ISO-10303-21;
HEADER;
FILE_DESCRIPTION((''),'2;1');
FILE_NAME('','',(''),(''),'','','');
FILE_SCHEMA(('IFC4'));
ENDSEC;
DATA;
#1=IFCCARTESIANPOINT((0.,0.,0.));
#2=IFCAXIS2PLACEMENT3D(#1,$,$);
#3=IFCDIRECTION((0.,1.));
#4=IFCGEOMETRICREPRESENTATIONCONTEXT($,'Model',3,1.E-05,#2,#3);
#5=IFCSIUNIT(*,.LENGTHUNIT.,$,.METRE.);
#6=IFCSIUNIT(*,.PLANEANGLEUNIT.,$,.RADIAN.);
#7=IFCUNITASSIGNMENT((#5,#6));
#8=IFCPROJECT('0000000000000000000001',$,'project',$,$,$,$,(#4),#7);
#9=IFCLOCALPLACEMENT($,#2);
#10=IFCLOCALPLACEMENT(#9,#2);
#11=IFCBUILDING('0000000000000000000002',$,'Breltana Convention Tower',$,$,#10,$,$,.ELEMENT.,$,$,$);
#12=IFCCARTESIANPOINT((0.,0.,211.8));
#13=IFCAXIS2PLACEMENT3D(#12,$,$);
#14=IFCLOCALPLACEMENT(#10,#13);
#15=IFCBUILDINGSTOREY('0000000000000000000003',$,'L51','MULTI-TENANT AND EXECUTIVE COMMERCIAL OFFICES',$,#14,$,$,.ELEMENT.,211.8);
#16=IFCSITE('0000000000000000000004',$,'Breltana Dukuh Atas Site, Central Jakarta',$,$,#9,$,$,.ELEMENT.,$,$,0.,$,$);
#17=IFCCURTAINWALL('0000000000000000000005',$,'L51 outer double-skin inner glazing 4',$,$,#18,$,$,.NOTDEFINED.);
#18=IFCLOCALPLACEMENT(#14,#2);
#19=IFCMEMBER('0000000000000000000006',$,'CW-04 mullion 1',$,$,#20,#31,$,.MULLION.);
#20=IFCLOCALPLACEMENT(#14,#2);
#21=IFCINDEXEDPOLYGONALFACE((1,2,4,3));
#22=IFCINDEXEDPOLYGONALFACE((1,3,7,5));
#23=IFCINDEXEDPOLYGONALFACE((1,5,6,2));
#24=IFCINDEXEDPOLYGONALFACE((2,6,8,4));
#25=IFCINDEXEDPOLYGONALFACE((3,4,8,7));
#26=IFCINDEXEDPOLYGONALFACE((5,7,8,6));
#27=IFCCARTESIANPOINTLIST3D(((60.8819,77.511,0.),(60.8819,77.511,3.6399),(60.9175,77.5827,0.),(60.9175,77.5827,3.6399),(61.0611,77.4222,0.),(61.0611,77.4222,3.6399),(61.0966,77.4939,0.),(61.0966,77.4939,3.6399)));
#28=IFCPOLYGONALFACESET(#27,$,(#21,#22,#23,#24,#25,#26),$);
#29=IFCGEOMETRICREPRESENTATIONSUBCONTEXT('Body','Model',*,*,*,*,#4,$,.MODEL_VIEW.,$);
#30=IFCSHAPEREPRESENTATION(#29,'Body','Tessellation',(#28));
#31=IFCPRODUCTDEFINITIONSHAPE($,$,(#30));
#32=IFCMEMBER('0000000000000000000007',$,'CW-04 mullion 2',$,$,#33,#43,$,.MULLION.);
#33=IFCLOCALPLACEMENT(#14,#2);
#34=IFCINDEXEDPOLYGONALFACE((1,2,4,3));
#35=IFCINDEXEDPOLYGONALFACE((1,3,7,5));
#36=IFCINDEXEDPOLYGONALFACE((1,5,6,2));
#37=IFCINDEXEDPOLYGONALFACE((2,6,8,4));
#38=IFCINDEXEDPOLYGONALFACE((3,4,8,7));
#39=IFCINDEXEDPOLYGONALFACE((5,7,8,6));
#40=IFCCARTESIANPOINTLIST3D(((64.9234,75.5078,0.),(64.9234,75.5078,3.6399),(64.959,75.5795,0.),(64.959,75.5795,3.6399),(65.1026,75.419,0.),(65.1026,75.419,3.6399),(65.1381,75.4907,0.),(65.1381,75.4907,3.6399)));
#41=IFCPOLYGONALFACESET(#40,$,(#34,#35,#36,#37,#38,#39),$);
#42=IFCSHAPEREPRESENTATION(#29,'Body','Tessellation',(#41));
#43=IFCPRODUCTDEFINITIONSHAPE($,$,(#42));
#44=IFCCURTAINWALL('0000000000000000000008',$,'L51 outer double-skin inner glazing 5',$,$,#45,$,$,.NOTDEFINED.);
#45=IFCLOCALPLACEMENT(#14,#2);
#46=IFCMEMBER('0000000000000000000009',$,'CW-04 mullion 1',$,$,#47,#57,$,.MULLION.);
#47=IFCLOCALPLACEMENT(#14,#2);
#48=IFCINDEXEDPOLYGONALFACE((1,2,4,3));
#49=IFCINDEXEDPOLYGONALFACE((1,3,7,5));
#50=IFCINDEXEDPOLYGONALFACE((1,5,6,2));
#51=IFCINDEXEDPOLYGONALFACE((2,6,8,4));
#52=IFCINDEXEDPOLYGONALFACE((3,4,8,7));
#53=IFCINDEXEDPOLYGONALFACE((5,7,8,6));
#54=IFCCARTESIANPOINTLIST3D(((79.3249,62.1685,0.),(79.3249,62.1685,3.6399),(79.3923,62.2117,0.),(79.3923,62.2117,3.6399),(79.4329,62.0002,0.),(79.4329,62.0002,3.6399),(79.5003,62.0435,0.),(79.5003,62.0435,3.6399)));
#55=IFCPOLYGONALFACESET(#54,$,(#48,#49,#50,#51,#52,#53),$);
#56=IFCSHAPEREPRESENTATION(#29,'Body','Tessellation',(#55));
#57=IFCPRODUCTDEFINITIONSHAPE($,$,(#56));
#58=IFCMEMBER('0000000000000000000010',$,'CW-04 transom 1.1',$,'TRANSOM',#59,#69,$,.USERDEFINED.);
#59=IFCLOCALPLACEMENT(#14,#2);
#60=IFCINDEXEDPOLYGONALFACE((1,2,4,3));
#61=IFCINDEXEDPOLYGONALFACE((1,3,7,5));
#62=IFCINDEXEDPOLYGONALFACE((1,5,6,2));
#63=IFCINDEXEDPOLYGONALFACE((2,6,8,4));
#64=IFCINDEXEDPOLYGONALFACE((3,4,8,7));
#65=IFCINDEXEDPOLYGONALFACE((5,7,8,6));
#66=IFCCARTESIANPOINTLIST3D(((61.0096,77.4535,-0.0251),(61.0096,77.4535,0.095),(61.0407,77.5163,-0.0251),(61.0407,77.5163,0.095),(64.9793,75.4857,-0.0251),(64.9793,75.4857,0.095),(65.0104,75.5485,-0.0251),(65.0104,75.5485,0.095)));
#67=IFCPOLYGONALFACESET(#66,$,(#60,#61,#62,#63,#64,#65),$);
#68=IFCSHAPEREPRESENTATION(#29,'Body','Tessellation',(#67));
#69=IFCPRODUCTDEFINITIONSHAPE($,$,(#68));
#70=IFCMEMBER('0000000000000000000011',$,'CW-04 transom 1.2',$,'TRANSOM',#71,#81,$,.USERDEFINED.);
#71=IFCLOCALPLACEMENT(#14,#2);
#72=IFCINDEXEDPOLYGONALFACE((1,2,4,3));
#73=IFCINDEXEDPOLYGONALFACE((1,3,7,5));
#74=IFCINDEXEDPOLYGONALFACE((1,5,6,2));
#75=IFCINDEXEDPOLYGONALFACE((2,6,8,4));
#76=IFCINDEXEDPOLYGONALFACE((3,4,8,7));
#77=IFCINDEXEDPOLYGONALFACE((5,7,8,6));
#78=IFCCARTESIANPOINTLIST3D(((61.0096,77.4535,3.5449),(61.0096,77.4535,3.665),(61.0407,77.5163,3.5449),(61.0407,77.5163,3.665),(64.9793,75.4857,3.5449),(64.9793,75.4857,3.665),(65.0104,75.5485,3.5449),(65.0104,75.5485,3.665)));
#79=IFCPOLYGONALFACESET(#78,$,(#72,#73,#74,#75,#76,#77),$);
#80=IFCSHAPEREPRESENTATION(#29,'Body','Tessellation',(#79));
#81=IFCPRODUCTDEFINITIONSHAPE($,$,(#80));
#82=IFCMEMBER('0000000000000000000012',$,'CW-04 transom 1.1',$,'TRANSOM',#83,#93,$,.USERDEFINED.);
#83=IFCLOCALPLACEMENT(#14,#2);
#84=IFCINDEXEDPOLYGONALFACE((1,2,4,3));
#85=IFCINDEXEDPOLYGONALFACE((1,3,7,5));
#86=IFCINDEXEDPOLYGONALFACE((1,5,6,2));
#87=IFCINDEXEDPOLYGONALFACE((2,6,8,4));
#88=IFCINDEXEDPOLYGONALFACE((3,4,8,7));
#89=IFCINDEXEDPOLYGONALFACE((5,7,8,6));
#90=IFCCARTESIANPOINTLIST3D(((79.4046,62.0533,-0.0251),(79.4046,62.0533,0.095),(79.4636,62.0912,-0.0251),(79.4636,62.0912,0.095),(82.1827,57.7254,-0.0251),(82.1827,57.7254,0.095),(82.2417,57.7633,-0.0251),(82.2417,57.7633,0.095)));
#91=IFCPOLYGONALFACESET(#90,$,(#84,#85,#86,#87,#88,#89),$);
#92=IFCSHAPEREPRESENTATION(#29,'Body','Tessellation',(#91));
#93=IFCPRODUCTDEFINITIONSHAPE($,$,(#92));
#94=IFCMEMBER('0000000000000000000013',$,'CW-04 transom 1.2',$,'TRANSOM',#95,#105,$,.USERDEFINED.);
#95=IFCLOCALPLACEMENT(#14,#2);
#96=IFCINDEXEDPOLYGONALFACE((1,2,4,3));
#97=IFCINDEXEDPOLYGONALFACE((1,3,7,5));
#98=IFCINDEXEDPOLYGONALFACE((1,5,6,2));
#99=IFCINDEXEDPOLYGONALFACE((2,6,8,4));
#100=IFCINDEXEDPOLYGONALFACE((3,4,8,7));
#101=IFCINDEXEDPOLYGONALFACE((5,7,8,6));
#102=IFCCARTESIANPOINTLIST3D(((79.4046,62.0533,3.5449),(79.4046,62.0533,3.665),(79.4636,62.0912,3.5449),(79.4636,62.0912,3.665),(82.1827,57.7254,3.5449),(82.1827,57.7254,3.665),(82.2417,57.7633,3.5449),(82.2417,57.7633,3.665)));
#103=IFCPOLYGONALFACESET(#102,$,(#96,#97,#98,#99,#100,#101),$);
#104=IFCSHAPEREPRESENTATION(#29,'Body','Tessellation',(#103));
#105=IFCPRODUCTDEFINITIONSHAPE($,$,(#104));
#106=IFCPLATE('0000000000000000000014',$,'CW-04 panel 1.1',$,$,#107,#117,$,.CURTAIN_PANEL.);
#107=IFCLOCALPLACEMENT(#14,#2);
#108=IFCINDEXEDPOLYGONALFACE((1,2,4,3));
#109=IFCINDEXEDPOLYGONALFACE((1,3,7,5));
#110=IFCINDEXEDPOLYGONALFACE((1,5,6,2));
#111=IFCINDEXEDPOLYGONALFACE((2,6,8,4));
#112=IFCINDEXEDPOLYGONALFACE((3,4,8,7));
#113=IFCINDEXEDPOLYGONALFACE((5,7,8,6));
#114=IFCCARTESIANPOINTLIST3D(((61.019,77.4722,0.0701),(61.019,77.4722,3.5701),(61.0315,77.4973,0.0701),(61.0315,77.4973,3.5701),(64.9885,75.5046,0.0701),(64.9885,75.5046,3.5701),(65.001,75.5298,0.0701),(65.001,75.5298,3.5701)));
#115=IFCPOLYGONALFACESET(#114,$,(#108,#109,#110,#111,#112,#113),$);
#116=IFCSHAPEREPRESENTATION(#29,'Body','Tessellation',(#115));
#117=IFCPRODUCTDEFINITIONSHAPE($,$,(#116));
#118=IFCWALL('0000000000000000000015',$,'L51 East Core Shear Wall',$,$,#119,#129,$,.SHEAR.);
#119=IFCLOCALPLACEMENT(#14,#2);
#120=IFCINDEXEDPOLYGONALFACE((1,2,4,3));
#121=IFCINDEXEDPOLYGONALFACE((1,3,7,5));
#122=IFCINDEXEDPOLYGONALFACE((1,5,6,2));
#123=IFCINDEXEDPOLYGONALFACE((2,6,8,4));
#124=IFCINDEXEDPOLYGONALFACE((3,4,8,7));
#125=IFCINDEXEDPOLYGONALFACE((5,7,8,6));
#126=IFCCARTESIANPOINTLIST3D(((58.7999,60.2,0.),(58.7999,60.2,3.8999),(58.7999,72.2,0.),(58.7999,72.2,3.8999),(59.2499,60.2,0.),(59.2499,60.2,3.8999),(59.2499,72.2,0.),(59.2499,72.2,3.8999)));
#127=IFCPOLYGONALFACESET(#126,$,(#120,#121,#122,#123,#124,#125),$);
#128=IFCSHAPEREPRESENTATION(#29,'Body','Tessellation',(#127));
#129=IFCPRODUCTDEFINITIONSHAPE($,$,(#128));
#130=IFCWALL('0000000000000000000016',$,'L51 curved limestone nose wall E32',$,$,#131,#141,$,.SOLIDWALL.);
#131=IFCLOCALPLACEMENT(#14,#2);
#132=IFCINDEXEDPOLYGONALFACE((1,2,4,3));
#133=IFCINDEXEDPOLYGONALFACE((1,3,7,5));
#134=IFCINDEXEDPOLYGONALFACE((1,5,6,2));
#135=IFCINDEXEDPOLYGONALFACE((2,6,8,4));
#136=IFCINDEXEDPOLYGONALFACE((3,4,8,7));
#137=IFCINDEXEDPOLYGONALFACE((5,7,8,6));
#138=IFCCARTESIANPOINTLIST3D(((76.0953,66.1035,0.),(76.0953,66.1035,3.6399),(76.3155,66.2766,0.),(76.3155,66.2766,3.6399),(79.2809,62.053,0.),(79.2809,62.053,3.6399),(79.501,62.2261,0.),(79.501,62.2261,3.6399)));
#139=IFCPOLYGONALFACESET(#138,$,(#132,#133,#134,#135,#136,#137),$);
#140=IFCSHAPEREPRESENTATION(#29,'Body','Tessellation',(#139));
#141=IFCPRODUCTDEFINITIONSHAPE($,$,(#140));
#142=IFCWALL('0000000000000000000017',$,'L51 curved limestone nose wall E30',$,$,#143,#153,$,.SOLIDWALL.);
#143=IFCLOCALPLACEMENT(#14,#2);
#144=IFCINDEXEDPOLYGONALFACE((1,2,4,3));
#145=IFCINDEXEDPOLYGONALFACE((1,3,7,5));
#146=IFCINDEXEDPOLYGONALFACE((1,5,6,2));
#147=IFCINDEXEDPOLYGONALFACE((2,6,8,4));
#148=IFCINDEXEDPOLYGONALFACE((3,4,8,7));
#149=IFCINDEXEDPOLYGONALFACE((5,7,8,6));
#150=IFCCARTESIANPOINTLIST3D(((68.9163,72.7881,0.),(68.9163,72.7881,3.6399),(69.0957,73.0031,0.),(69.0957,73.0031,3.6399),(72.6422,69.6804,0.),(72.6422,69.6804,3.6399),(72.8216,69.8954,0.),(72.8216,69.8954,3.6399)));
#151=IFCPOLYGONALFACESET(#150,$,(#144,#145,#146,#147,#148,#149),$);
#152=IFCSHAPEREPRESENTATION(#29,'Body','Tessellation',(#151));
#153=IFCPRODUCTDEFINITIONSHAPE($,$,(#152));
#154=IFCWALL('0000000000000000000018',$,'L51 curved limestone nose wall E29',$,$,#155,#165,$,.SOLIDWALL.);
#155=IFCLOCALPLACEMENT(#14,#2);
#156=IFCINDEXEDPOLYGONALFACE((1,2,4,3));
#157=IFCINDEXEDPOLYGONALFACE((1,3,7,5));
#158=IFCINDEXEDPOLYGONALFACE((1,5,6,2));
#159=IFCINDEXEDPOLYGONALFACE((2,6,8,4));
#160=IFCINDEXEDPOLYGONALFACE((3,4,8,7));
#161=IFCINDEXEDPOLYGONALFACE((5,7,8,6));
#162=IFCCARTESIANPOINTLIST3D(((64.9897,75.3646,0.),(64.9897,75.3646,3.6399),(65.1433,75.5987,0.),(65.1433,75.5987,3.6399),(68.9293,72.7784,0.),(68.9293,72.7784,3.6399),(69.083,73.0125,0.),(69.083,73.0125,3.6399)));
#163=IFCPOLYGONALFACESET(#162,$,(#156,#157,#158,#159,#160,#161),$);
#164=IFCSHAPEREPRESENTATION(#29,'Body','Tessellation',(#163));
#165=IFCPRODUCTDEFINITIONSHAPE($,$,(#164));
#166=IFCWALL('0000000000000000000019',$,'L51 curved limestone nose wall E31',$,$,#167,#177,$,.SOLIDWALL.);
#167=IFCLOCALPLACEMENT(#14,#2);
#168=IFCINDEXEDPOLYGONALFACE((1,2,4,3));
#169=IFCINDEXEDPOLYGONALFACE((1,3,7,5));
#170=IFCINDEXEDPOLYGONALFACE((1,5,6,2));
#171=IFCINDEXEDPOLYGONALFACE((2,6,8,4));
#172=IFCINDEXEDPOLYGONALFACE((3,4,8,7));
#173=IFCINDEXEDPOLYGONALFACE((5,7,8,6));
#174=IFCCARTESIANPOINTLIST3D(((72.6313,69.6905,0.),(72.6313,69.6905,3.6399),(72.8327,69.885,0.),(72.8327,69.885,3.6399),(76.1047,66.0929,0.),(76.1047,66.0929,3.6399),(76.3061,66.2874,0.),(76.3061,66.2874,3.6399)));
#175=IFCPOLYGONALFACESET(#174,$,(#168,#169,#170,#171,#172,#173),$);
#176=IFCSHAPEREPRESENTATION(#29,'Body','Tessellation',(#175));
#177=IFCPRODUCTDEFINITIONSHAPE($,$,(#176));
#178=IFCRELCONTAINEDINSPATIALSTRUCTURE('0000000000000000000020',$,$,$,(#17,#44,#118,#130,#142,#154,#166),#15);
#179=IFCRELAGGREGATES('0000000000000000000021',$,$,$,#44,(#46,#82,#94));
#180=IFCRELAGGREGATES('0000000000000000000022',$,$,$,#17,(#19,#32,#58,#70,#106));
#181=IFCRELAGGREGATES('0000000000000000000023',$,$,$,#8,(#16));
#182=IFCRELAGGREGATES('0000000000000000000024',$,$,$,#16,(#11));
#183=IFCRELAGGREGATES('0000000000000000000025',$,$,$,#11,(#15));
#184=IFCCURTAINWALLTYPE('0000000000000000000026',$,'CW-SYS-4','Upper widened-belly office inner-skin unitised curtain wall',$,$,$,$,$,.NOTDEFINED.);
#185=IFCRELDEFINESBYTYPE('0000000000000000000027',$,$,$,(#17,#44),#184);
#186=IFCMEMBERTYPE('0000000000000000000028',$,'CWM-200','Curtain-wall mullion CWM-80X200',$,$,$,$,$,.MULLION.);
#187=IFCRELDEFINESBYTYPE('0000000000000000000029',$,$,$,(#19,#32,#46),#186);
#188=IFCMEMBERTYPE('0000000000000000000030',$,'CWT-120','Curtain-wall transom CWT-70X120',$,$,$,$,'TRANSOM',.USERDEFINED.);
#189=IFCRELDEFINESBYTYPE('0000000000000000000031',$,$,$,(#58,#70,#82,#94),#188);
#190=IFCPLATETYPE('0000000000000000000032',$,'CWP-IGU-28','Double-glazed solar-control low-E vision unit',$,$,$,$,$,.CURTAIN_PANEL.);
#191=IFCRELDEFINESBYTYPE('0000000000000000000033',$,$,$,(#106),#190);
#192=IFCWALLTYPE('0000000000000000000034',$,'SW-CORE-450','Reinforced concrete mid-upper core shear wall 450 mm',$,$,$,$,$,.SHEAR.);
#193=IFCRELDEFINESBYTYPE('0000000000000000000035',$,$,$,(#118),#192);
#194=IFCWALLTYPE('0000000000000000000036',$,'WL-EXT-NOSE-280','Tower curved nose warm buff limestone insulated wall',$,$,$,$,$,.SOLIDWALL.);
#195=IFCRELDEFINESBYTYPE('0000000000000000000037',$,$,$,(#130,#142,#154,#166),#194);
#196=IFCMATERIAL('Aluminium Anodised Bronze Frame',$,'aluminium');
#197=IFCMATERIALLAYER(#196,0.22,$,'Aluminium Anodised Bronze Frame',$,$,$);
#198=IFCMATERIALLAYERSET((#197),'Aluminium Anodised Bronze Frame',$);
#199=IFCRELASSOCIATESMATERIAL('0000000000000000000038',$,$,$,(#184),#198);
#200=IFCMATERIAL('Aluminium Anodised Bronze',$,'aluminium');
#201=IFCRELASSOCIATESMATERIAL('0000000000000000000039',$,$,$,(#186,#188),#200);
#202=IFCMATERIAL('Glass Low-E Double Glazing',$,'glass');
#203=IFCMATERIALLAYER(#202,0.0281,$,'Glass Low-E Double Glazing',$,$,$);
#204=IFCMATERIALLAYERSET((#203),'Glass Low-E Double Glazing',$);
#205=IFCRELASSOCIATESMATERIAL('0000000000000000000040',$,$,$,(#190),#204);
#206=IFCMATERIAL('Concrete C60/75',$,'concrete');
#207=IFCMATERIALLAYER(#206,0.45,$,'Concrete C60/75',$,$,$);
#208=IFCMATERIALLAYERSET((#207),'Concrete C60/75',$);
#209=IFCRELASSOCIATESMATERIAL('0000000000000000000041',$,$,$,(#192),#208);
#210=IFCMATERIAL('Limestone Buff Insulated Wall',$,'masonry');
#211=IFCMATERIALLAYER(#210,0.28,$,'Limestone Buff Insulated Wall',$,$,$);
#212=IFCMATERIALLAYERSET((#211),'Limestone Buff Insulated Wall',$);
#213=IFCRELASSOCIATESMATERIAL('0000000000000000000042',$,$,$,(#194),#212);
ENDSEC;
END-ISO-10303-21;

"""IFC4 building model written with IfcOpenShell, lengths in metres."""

from ifc_helpers import new_model, si_unit, direction, frame, frame_2d, origin, origin_2d, place, context, subcontext, project, spatial, rectangle, extrude, source, transform, mapped, material, layer, layer_set, material_profile, profile_set, type_object, element, aggregate, save


model = new_model("IFC4")

# Units and contexts
model_context = context("Model", 3, precision=1e-05, world=origin(), true_north=direction((0.0, 1.0)))
body_context = subcontext(model_context, "Body", "Model", "MODEL_VIEW")
ifc_project = project(units=[si_unit("LENGTHUNIT", "METRE"), si_unit("PLANEANGLEUNIT", "RADIAN")], contexts=[model_context])

# Site, building, storey
site_placement = place(None, origin())
site = spatial("IfcSite", under=ifc_project, at=site_placement, Name="Breltana Dukuh Atas Site, Central Jakarta", CompositionType="ELEMENT", RefElevation=0.0)
building_placement = place(site_placement, origin())
building = spatial("IfcBuilding", under=site, at=building_placement, Name="Breltana Convention Tower", CompositionType="ELEMENT")
storey_placement = place(building_placement, frame((0.0, 0.0, 211.8)))
storey = spatial("IfcBuildingStorey", under=building, at=storey_placement, Name="L51", Description="MULTI-TENANT AND EXECUTIVE COMMERCIAL OFFICES", CompositionType="ELEMENT", Elevation=211.8)

# Curtain wall, members
ifc_material_1 = material(Name="Aluminium Anodised Bronze Frame", Category="aluminium")
ifc_layer_1 = layer(ifc_material_1, 0.22, Name="Aluminium Anodised Bronze Frame")
ifc_layer_set_1 = layer_set([ifc_layer_1], Name="Aluminium Anodised Bronze Frame")
curtain_wall_type = type_object("IfcCurtainWallType", Name="CW-SYS-4", Description="Upper widened-belly office inner-skin unitised curtain wall", PredefinedType="NOTDEFINED", material=ifc_layer_set_1)
curtain_wall_1_placement = place(storey_placement, origin())
curtain_wall_1 = element("IfcCurtainWall", 1, at=curtain_wall_1_placement, inside=storey, type_object=curtain_wall_type, Name="L51 outer double-skin inner glazing 4", PredefinedType="NOTDEFINED")
ifc_material_2 = material(Name="Aluminium Anodised Bronze", Category="aluminium")
ifc_material_profile_1 = material_profile(ifc_material_2, rectangle(XDim=0.0801, YDim=0.2, at=origin_2d()), Name="CWM-80X200")
ifc_profile_set_1 = profile_set([ifc_material_profile_1], Name="Aluminium Anodised Bronze")
member_type_1 = type_object("IfcMemberType", Name="CWM-200", Description="Curtain-wall mullion CWM-80X200", PredefinedType="MULLION", material=ifc_profile_set_1)
shared_shape_1 = source(origin(), body_context, "Body", "SweptSolid", [
    extrude(rectangle(XDim=0.0801, YDim=0.2, at=origin_2d()), origin(), (0.0, 0.0, 1.0), 3.6399),
])
member_1_placement = place(storey_placement, frame((60.9893, 77.5024, 0.0), z_axis=(0.0, 0.0, 1.0), x_axis=(0.444109, 0.895973, 0.0)))
member_1 = element("IfcMember", 2, at=member_1_placement, type_object=member_type_1, Name="CW-04 mullion 1", PredefinedType="MULLION", context=body_context, shape_type="MappedRepresentation", body=[
    mapped(shared_shape_1, transform((0.0, 0.0, 0.0), scale=1.0)),
])
member_2_placement = place(storey_placement, frame((65.0308, 75.4993, 0.0), z_axis=(0.0, 0.0, 1.0), x_axis=(0.444109, 0.895973, 0.0)))
member_2 = element("IfcMember", 3, at=member_2_placement, type_object=member_type_1, Name="CW-04 mullion 2", PredefinedType="MULLION", context=body_context, shape_type="MappedRepresentation", body=[
    mapped(shared_shape_1, transform((0.0, 0.0, 0.0), scale=1.0)),
])

# Curtain wall, member
curtain_wall_2_placement = place(storey_placement, origin())
curtain_wall_2 = element("IfcCurtainWall", 4, at=curtain_wall_2_placement, inside=storey, type_object=curtain_wall_type, Name="L51 outer double-skin inner glazing 5", PredefinedType="NOTDEFINED")
member_3_placement = place(storey_placement, frame((79.4126, 62.106, 0.0), z_axis=(0.0, 0.0, 1.0), x_axis=(0.841548, 0.540182, 0.0)))
member_3 = element("IfcMember", 5, at=member_3_placement, type_object=member_type_1, Name="CW-04 mullion 1", PredefinedType="MULLION", context=body_context, shape_type="MappedRepresentation", body=[
    mapped(shared_shape_1, transform((0.0, 0.0, 0.0), scale=1.0)),
])

# Members
ifc_material_profile_2 = material_profile(ifc_material_2, rectangle(XDim=0.0701, YDim=0.1201, at=origin_2d()), Name="CWT-70X120")
ifc_profile_set_2 = profile_set([ifc_material_profile_2], Name="Aluminium Anodised Bronze")
member_type_2 = type_object("IfcMemberType", Name="CWT-120", Description="Curtain-wall transom CWT-70X120", ElementType="TRANSOM", PredefinedType="USERDEFINED", material=ifc_profile_set_2)
shared_shape_2 = source(origin(), body_context, "Body", "SweptSolid", [
    extrude(rectangle(XDim=0.0701, YDim=0.1201, at=origin_2d()), origin(), (0.0, 0.0, 1.0), 4.4307),
])
member_4_placement = place(storey_placement, frame((61.0251, 77.4849, 0.0349), z_axis=(0.895965, -0.444125, 0.0), x_axis=(0.444125, 0.895965, 0.0)))
member_4 = element("IfcMember", 6, at=member_4_placement, type_object=member_type_2, Name="CW-04 transom 1.1", ObjectType="TRANSOM", PredefinedType="USERDEFINED", context=body_context, shape_type="MappedRepresentation", body=[
    mapped(shared_shape_2, transform((0.0, 0.0, 0.0), scale=1.0)),
])
member_5_placement = place(storey_placement, frame((61.0251, 77.4849, 3.605), z_axis=(0.895965, -0.444125, 0.0), x_axis=(0.444125, 0.895965, 0.0)))
member_5 = element("IfcMember", 7, at=member_5_placement, type_object=member_type_2, Name="CW-04 transom 1.2", ObjectType="TRANSOM", PredefinedType="USERDEFINED", context=body_context, shape_type="MappedRepresentation", body=[
    mapped(shared_shape_2, transform((0.0, 0.0, 0.0), scale=1.0)),
])
shared_shape_3 = source(origin(), body_context, "Body", "SweptSolid", [
    extrude(rectangle(XDim=0.0701, YDim=0.1201, at=origin_2d()), origin(), (0.0, 0.0, 1.0), 5.1428),
])
member_6_placement = place(storey_placement, frame((79.4341, 62.0723, 0.0349), z_axis=(0.540189, -0.841544, 0.0), x_axis=(0.841544, 0.540189, 0.0)))
member_6 = element("IfcMember", 8, at=member_6_placement, type_object=member_type_2, Name="CW-04 transom 1.1", ObjectType="TRANSOM", PredefinedType="USERDEFINED", context=body_context, shape_type="MappedRepresentation", body=[
    mapped(shared_shape_3, transform((0.0, 0.0, 0.0), scale=1.0)),
])
member_7_placement = place(storey_placement, frame((79.4341, 62.0723, 3.605), z_axis=(0.540189, -0.841544, 0.0), x_axis=(0.841544, 0.540189, 0.0)))
member_7 = element("IfcMember", 9, at=member_7_placement, type_object=member_type_2, Name="CW-04 transom 1.2", ObjectType="TRANSOM", PredefinedType="USERDEFINED", context=body_context, shape_type="MappedRepresentation", body=[
    mapped(shared_shape_3, transform((0.0, 0.0, 0.0), scale=1.0)),
])
aggregate(curtain_wall_2, [member_3, member_6, member_7])

# Plate
ifc_material_3 = material(Name="Glass Low-E Double Glazing", Category="glass")
ifc_layer_2 = layer(ifc_material_3, 0.0281, Name="Glass Low-E Double Glazing")
ifc_layer_set_2 = layer_set([ifc_layer_2], Name="Glass Low-E Double Glazing")
plate_type = type_object("IfcPlateType", Name="CWP-IGU-28", Description="Double-glazed solar-control low-E vision unit", PredefinedType="CURTAIN_PANEL", material=ifc_layer_set_2)
shared_shape_4 = source(origin(), body_context, "Body", "SweptSolid", [
    extrude(rectangle(XDim=4.4304, YDim=0.0281, at=origin_2d()), origin(), (0.0, 0.0, 1.0), 3.5),
])
plate_placement = place(storey_placement, frame((63.01, 76.501, 0.0701), z_axis=(0.0, 0.0, 1.0), x_axis=(0.895973, -0.444109, 0.0)))
plate = element("IfcPlate", 10, at=plate_placement, type_object=plate_type, Name="CW-04 panel 1.1", PredefinedType="CURTAIN_PANEL", context=body_context, shape_type="MappedRepresentation", body=[
    mapped(shared_shape_4, transform((0.0, 0.0, 0.0), scale=1.0)),
])
aggregate(curtain_wall_1, [member_1, member_2, member_4, member_5, plate])

# Walls
ifc_material_4 = material(Name="Concrete C60/75", Category="concrete")
ifc_layer_3 = layer(ifc_material_4, 0.45, Name="Concrete C60/75")
ifc_layer_set_3 = layer_set([ifc_layer_3], Name="Concrete C60/75")
wall_type_1 = type_object("IfcWallType", Name="SW-CORE-450", Description="Reinforced concrete mid-upper core shear wall 450 mm", PredefinedType="SHEAR", material=ifc_layer_set_3)
shared_shape_5 = source(origin(), body_context, "Body", "SweptSolid", [
    extrude(rectangle(XDim=12.0, YDim=0.45, at=frame_2d((6.0, 0.0))), origin(), (0.0, 0.0, 1.0), 3.8999),
])
wall_1_placement = place(storey_placement, frame((59.0249, 60.2, 0.0), z_axis=(0.0, 0.0, 1.0), x_axis=(0.0, 1.0, 0.0)))
element("IfcWall", 11, at=wall_1_placement, inside=storey, type_object=wall_type_1, Name="L51 East Core Shear Wall", PredefinedType="SHEAR", context=body_context, shape_type="MappedRepresentation", body=[
    mapped(shared_shape_5, transform((0.0, 0.0, 0.0), scale=1.0)),
])
ifc_material_5 = material(Name="Limestone Buff Insulated Wall", Category="masonry")
ifc_layer_4 = layer(ifc_material_5, 0.28, Name="Limestone Buff Insulated Wall")
ifc_layer_set_4 = layer_set([ifc_layer_4], Name="Limestone Buff Insulated Wall")
wall_type_2 = type_object("IfcWallType", Name="WL-EXT-NOSE-280", Description="Tower curved nose warm buff limestone insulated wall", PredefinedType="SOLIDWALL", material=ifc_layer_set_4)
shared_shape_6 = source(origin(), body_context, "Body", "SweptSolid", [
    extrude(rectangle(XDim=5.1531, YDim=0.28, at=frame_2d((2.5767, 0.0))), origin(), (0.0, 0.0, 1.0), 3.6399),
])
wall_2_placement = place(storey_placement, frame((76.2053, 66.1902, 0.0), z_axis=(0.0, 0.0, 1.0), x_axis=(0.618179, -0.786037, 0.0)))
element("IfcWall", 12, at=wall_2_placement, inside=storey, type_object=wall_type_2, Name="L51 curved limestone nose wall E32", PredefinedType="SOLIDWALL", context=body_context, shape_type="MappedRepresentation", body=[
    mapped(shared_shape_6, transform((0.0, 0.0, 0.0), scale=1.0)),
])
shared_shape_7 = source(origin(), body_context, "Body", "SweptSolid", [
    extrude(rectangle(XDim=4.8518, YDim=0.28, at=frame_2d((2.4258, 0.0))), origin(), (0.0, 0.0, 1.0), 3.6399),
])
wall_3_placement = place(storey_placement, frame((69.0061, 72.8955, 0.0), z_axis=(0.0, 0.0, 1.0), x_axis=(0.767937, -0.640526, 0.0)))
element("IfcWall", 13, at=wall_3_placement, inside=storey, type_object=wall_type_2, Name="L51 curved limestone nose wall E30", PredefinedType="SOLIDWALL", context=body_context, shape_type="MappedRepresentation", body=[
    mapped(shared_shape_7, transform((0.0, 0.0, 0.0), scale=1.0)),
])
shared_shape_8 = source(origin(), body_context, "Body", "SweptSolid", [
    extrude(rectangle(XDim=4.7126, YDim=0.28, at=frame_2d((2.3564, 0.0))), origin(), (0.0, 0.0, 1.0), 3.6399),
])
wall_4_placement = place(storey_placement, frame((65.0664, 75.4817, 0.0), z_axis=(0.0, 0.0, 1.0), x_axis=(0.835974, -0.548768, 0.0)))
element("IfcWall", 14, at=wall_4_placement, inside=storey, type_object=wall_type_2, Name="L51 curved limestone nose wall E29", PredefinedType="SOLIDWALL", context=body_context, shape_type="MappedRepresentation", body=[
    mapped(shared_shape_8, transform((0.0, 0.0, 0.0), scale=1.0)),
])
shared_shape_9 = source(origin(), body_context, "Body", "SweptSolid", [
    extrude(rectangle(XDim=5.0007, YDim=0.28, at=frame_2d((2.5005, 0.0))), origin(), (0.0, 0.0, 1.0), 3.6399),
])
wall_5_placement = place(storey_placement, frame((72.7319, 69.7878, 0.0), z_axis=(0.0, 0.0, 1.0), x_axis=(0.694573, -0.719422, 0.0)))
element("IfcWall", 15, at=wall_5_placement, inside=storey, type_object=wall_type_2, Name="L51 curved limestone nose wall E31", PredefinedType="SOLIDWALL", context=body_context, shape_type="MappedRepresentation", body=[
    mapped(shared_shape_9, transform((0.0, 0.0, 0.0), scale=1.0)),
])

save(model, "model.ifc")
